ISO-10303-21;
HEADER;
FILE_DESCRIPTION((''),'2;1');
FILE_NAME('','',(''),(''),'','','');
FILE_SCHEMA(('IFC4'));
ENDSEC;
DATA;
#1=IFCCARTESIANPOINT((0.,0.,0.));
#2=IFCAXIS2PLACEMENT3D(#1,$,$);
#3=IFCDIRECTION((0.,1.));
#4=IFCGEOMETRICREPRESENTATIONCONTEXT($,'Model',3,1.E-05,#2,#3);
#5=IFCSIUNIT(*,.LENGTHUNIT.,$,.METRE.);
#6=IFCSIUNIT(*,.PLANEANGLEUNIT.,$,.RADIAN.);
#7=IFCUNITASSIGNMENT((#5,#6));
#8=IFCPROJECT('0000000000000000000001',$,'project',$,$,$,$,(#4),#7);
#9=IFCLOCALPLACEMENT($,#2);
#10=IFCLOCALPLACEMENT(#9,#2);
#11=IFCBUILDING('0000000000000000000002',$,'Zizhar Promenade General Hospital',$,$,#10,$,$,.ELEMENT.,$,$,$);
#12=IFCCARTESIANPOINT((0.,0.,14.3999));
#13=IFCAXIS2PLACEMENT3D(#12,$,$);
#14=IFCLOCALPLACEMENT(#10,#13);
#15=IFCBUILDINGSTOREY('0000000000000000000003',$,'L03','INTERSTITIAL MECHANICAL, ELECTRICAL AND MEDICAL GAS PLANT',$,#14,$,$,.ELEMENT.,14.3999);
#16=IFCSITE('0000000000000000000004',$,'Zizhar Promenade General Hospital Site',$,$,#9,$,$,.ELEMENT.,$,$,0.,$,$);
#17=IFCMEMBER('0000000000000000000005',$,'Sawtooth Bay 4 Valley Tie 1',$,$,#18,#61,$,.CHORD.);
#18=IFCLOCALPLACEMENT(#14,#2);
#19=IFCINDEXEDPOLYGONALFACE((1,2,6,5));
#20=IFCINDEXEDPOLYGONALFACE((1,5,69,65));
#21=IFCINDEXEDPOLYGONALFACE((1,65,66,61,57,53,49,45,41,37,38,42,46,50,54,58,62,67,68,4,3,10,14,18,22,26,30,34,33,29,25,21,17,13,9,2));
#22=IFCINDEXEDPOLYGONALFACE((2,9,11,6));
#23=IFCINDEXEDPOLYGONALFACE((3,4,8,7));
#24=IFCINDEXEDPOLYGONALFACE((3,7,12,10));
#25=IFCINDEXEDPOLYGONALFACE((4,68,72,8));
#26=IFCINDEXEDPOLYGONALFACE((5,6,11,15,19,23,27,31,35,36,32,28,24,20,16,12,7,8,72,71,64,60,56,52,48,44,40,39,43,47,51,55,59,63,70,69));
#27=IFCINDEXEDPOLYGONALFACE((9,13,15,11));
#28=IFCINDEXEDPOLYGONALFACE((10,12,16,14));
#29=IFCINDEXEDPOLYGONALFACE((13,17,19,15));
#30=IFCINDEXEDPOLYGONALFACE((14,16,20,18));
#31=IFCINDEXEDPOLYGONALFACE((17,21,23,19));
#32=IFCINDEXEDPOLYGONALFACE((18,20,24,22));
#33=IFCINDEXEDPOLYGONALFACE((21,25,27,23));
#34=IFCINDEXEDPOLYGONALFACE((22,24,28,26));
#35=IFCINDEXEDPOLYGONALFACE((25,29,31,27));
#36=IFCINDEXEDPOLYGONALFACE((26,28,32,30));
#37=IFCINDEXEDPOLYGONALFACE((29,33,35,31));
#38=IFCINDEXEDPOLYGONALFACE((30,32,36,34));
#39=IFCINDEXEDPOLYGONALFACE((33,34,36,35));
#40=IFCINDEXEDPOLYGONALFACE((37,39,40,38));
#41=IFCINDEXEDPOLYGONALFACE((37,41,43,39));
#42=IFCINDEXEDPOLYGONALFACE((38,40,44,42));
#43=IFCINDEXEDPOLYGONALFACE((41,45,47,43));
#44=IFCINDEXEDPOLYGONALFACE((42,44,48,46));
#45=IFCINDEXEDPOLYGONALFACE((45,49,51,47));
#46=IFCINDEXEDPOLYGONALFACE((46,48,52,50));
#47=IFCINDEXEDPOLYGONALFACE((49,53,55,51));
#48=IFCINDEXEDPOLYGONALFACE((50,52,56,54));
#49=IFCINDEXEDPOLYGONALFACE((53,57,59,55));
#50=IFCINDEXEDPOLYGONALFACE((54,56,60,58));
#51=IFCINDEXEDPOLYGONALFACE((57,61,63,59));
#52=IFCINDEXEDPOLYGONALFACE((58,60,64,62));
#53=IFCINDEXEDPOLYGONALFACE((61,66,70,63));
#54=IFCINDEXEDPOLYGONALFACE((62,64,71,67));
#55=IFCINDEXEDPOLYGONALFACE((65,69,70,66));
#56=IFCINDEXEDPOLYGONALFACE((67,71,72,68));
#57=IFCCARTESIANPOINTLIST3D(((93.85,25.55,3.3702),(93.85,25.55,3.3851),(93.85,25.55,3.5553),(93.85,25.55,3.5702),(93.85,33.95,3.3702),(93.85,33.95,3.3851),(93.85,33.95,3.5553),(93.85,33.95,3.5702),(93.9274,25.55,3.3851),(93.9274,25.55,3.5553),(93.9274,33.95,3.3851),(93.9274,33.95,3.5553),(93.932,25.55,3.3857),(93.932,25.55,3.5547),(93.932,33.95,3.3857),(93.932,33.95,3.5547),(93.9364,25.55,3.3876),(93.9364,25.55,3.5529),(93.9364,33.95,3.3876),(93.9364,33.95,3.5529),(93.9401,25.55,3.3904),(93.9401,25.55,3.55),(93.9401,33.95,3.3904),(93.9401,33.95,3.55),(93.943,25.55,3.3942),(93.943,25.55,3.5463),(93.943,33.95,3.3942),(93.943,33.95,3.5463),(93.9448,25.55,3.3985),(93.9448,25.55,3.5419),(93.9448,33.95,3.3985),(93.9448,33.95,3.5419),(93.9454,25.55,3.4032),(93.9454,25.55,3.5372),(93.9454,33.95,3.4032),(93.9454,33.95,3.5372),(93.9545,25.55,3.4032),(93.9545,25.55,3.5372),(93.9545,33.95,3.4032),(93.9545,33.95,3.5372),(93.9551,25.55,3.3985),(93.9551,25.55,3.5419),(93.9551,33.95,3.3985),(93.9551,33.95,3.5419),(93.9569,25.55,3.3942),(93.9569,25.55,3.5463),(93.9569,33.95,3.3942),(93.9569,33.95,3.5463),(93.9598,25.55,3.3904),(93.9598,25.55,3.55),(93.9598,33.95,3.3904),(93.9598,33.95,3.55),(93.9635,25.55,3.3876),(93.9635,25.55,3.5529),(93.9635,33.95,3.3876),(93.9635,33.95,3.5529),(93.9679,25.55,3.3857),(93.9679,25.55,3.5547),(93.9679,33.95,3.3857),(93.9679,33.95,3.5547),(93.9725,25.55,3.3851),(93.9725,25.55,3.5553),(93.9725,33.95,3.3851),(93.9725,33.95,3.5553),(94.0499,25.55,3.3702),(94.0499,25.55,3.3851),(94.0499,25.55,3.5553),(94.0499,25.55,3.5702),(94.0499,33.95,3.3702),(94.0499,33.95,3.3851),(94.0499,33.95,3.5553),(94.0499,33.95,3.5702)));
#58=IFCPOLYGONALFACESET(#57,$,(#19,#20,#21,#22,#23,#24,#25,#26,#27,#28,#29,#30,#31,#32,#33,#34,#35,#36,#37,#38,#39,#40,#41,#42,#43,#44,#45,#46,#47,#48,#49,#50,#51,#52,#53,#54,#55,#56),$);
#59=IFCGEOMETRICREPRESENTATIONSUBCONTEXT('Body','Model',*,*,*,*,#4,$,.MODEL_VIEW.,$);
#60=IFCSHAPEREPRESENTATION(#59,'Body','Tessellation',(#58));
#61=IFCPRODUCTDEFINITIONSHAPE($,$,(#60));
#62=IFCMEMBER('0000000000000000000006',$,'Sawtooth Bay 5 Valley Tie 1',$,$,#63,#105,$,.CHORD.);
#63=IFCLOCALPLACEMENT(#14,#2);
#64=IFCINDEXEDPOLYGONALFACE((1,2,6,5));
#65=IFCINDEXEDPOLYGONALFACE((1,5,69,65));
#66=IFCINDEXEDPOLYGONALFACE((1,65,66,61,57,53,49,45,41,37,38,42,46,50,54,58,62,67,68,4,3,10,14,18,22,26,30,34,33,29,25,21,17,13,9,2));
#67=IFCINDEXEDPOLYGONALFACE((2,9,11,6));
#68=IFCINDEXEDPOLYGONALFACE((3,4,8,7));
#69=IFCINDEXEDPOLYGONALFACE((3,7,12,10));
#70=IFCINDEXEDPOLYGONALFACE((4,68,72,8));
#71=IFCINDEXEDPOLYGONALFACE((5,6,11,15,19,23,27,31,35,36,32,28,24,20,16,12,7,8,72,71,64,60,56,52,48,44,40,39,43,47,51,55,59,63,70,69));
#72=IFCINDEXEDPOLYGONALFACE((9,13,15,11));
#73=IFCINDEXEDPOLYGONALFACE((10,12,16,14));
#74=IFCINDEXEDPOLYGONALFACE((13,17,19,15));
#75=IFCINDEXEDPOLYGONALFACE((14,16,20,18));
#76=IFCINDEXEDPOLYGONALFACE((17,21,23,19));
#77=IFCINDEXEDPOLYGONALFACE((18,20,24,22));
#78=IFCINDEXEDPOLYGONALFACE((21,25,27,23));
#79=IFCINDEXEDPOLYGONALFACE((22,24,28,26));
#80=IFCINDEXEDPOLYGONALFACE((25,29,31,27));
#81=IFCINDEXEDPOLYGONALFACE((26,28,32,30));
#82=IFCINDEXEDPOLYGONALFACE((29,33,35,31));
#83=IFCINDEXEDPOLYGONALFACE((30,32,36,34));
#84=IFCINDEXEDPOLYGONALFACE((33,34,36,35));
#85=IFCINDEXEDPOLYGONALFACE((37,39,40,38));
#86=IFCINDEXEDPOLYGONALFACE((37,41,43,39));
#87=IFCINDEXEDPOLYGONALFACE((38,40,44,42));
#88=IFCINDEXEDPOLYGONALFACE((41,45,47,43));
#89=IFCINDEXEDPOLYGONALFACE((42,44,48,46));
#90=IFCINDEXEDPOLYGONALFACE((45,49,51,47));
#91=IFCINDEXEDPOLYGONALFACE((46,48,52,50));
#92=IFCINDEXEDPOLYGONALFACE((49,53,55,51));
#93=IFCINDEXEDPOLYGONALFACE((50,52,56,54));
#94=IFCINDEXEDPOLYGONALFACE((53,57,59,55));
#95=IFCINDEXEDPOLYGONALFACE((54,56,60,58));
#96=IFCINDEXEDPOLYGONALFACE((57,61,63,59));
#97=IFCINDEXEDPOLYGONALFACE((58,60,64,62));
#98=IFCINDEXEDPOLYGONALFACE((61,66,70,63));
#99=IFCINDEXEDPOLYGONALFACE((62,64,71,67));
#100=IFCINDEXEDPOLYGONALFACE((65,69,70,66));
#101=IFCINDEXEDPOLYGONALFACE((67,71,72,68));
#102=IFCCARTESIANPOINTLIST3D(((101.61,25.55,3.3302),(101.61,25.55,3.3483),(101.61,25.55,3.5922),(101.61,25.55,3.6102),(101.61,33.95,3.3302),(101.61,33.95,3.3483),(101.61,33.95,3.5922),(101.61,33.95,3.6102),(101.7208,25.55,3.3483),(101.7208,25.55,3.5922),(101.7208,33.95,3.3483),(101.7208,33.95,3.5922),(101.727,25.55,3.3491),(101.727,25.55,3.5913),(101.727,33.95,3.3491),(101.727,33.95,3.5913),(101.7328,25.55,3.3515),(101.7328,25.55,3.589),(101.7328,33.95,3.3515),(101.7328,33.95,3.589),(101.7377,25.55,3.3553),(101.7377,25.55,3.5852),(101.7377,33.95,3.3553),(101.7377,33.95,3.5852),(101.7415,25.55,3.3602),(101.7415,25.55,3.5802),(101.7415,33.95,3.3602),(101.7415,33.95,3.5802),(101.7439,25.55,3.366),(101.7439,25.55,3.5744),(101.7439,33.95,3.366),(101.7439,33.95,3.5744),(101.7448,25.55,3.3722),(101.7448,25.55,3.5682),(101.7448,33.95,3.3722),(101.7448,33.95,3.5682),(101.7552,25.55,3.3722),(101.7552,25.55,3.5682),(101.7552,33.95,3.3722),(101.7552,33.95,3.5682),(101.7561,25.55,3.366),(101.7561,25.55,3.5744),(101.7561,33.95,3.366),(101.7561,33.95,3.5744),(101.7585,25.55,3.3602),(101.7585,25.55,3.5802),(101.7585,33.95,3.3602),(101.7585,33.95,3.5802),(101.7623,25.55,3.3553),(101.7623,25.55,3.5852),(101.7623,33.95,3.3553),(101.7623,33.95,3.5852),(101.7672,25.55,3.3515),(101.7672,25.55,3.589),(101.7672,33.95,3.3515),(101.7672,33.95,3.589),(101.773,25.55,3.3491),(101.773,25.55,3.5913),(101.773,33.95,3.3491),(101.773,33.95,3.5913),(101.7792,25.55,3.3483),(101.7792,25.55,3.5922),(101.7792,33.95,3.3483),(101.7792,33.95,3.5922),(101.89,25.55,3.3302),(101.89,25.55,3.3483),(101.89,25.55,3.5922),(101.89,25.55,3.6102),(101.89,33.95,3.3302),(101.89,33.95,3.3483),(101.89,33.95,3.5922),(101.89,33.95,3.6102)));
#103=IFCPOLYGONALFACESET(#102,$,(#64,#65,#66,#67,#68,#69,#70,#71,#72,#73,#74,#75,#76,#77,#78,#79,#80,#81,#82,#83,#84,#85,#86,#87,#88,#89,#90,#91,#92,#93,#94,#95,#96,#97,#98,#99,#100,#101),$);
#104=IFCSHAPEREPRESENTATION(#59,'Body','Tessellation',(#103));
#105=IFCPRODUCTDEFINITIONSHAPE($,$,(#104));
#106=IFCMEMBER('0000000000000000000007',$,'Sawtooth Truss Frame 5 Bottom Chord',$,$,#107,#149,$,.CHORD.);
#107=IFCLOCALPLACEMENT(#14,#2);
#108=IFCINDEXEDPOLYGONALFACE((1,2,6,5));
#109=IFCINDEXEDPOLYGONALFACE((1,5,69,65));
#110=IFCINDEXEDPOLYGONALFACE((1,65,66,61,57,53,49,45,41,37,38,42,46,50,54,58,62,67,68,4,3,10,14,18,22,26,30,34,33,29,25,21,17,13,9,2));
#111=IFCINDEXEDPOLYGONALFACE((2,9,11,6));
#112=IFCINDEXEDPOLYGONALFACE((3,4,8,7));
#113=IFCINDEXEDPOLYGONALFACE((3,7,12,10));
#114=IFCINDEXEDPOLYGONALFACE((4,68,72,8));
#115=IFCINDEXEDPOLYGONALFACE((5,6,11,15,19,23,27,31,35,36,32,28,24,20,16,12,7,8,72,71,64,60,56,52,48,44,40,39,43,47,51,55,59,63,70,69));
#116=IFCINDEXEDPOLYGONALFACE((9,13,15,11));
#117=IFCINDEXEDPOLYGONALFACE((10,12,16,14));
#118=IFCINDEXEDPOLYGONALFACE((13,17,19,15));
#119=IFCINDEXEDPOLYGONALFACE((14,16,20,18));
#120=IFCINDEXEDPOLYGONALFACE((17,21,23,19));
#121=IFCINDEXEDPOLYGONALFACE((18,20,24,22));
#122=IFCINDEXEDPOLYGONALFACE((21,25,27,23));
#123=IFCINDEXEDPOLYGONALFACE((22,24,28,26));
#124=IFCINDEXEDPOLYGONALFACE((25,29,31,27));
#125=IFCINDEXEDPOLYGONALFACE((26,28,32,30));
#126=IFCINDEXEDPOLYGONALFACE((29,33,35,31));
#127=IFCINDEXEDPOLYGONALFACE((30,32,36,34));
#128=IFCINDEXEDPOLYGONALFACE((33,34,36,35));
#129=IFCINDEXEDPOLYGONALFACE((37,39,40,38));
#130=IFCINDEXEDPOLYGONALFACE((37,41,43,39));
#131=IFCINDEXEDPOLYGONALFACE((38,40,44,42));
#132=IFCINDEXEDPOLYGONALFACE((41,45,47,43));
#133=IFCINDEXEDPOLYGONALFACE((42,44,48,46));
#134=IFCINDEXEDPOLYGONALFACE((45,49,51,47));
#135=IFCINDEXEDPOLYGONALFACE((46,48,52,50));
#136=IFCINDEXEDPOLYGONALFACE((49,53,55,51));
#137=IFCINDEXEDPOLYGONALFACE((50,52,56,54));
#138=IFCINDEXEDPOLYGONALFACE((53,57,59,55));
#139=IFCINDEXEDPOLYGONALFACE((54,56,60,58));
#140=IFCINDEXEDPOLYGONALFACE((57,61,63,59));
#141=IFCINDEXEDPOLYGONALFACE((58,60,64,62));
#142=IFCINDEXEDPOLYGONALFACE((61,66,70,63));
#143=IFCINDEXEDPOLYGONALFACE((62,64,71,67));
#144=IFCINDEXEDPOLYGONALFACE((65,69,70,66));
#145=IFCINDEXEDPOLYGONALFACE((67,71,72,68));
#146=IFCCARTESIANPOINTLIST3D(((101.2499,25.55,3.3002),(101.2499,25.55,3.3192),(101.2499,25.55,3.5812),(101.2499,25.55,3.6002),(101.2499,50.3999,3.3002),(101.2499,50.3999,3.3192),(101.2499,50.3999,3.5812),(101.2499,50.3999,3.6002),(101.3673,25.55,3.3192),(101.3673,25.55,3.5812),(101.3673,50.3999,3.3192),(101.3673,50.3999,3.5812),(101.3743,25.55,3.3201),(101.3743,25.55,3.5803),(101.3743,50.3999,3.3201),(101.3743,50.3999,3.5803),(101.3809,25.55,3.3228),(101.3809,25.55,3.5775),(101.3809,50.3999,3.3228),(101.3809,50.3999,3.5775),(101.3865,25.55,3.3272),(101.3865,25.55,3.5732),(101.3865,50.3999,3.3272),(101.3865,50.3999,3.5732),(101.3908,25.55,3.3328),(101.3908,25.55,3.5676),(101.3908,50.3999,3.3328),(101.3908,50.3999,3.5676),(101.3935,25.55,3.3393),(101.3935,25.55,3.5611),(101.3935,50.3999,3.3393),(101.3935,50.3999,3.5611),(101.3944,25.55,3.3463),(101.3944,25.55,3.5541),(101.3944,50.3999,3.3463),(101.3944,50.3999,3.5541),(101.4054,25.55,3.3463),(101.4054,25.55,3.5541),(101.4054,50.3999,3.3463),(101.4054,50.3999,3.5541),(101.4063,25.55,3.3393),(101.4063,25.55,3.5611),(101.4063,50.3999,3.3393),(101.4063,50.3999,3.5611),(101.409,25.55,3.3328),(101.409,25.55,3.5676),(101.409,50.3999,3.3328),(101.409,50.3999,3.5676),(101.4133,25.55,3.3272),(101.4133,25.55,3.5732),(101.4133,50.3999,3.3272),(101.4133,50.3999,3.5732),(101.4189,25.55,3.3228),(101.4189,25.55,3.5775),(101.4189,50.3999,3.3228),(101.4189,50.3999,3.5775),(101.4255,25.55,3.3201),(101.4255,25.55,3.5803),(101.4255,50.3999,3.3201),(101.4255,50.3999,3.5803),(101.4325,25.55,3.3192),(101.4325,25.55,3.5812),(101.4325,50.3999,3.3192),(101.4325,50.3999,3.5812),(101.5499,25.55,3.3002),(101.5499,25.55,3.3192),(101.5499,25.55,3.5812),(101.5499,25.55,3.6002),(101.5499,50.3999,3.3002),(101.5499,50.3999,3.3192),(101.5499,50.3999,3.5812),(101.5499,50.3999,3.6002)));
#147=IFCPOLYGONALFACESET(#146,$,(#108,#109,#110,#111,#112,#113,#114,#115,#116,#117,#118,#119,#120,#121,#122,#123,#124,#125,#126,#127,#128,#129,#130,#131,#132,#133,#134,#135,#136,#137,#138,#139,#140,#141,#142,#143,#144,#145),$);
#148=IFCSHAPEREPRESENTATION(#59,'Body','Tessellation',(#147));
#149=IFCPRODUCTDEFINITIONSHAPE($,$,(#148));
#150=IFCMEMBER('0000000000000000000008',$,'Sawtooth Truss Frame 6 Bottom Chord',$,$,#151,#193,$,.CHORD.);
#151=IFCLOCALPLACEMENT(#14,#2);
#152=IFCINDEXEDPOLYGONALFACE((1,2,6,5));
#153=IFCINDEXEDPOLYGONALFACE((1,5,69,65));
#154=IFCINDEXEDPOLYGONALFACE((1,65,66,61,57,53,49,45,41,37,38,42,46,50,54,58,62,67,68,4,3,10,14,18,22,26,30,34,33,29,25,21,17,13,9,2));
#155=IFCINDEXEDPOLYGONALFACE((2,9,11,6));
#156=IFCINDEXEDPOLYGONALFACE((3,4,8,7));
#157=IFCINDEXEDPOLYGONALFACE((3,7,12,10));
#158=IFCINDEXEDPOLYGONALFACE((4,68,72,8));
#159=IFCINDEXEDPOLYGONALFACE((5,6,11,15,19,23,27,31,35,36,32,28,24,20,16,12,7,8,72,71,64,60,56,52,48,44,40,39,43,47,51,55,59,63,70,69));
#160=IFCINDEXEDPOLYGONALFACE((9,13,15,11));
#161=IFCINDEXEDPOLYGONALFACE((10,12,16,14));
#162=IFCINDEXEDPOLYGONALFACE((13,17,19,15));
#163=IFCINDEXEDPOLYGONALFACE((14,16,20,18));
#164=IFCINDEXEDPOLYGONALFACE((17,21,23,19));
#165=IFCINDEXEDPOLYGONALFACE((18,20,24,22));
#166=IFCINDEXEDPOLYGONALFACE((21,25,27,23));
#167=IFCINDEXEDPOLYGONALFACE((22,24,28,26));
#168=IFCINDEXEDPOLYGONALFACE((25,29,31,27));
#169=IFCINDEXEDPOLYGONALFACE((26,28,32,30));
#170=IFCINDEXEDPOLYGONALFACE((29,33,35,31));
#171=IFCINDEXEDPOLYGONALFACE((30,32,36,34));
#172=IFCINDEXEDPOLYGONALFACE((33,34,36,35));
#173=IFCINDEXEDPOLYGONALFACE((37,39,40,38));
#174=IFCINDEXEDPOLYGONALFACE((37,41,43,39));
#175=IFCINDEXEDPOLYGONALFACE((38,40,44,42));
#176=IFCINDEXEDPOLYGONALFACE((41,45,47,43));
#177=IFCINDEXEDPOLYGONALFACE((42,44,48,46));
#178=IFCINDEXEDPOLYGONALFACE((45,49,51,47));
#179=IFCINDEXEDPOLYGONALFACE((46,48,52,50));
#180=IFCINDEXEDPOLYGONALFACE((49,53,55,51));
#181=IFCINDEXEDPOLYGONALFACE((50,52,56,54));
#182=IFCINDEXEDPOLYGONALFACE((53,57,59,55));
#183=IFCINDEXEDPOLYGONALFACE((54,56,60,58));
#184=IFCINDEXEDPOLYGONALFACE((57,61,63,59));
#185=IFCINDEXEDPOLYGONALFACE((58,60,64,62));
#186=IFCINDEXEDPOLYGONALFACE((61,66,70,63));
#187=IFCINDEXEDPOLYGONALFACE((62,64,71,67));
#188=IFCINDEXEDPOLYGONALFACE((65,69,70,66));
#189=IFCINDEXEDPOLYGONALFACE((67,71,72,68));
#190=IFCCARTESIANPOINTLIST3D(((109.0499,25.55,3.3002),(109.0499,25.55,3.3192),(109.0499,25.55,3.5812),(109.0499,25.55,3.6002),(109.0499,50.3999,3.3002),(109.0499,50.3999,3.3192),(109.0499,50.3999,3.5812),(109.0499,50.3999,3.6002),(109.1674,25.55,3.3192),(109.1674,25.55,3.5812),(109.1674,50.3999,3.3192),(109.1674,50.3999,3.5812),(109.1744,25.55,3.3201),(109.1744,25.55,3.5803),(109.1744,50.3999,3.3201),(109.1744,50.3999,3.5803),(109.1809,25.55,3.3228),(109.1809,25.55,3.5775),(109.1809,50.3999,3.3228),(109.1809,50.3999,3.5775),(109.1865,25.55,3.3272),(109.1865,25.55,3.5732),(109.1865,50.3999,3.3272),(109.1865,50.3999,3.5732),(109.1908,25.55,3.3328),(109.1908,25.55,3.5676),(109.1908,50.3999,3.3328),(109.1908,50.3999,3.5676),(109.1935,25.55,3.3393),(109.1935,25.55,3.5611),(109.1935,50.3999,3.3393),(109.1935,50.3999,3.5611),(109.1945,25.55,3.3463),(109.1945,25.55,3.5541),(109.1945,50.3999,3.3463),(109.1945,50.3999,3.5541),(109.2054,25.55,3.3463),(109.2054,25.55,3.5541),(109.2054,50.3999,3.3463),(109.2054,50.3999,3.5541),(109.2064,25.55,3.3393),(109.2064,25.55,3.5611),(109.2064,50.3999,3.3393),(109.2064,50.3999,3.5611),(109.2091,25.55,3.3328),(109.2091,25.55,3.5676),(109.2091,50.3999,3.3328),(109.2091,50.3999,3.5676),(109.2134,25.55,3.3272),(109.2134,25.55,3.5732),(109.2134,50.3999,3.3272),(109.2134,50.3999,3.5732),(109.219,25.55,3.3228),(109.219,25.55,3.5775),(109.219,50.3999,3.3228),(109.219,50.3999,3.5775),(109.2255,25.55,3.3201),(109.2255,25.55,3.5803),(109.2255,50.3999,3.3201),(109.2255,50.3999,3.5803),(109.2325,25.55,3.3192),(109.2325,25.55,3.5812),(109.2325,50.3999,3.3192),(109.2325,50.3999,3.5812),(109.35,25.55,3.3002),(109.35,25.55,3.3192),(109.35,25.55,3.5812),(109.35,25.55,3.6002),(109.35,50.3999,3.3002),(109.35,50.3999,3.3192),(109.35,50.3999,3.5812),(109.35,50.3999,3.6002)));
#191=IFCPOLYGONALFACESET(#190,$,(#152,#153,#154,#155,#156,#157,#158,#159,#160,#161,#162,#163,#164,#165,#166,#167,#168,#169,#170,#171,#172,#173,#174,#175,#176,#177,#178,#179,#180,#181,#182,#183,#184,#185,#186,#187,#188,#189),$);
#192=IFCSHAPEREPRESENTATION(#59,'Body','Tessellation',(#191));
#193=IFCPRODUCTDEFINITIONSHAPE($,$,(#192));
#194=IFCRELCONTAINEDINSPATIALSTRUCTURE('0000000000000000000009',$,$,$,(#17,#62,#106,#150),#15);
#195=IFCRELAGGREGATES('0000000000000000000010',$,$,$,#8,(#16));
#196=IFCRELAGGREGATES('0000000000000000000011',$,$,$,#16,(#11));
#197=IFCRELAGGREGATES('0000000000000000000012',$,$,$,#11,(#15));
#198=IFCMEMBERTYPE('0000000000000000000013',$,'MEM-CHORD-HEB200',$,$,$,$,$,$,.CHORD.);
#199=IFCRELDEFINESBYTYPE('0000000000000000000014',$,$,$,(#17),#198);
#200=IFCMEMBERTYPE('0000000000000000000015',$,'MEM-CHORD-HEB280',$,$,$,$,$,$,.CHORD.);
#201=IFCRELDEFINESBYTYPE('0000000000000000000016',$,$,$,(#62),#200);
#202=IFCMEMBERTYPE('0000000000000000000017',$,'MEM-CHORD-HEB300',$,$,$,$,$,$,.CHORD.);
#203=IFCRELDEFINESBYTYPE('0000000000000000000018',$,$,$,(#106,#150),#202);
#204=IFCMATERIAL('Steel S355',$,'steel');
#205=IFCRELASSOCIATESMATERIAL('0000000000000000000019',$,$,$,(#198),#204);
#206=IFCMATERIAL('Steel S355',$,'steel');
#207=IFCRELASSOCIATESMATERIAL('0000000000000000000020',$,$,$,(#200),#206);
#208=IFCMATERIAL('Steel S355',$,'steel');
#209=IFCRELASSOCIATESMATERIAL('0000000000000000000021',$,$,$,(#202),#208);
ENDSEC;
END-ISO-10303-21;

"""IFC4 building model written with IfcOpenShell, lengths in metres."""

from ifc_helpers import new_model, si_unit, direction, frame, origin, origin_2d, place, context, subcontext, project, spatial, i_section, extrude, material, material_profile, profile_set, type_object, element, save


model = new_model("IFC4")

# Units and contexts
model_context = context("Model", 3, precision=1e-05, world=origin(), true_north=direction((0.0, 1.0)))
body_context = subcontext(model_context, "Body", "Model", "MODEL_VIEW")
ifc_project = project(units=[si_unit("LENGTHUNIT", "METRE"), si_unit("PLANEANGLEUNIT", "RADIAN")], contexts=[model_context])

# Site, building, storey
site_placement = place(None, origin())
site = spatial("IfcSite", under=ifc_project, at=site_placement, Name="Zizhar Promenade General Hospital Site", CompositionType="ELEMENT", RefElevation=0.0)
building_placement = place(site_placement, origin())
building = spatial("IfcBuilding", under=site, at=building_placement, Name="Zizhar Promenade General Hospital", CompositionType="ELEMENT")
storey_placement = place(building_placement, frame((0.0, 0.0, 14.3999)))
storey = spatial("IfcBuildingStorey", under=building, at=storey_placement, Name="L03", Description="INTERSTITIAL MECHANICAL, ELECTRICAL AND MEDICAL GAS PLANT", CompositionType="ELEMENT", Elevation=14.3999)

# Members
ifc_material_1 = material(Name="Steel S355", Category="steel")
ifc_material_profile_1 = material_profile(ifc_material_1, i_section(OverallWidth=0.2, OverallDepth=0.2, WebThickness=0.009, FlangeThickness=0.0149, FilletRadius=0.0181, at=origin_2d()))
ifc_profile_set_1 = profile_set([ifc_material_profile_1], Name="Steel S355")
member_type_1 = type_object("IfcMemberType", Name="MEM-CHORD-HEB200", PredefinedType="CHORD", material=ifc_profile_set_1)
member_1_placement = place(storey_placement, frame((93.95, 25.55, 3.4702), z_axis=(0.0, 1.0, 0.0), x_axis=(-1.0, 0.0, 0.0)))
element("IfcMember", 1, at=member_1_placement, inside=storey, type_object=member_type_1, Name="Sawtooth Bay 4 Valley Tie 1", PredefinedType="CHORD", context=body_context, shape_type="SweptSolid", body=[
    extrude(i_section(OverallWidth=0.2, OverallDepth=0.2, WebThickness=0.009, FlangeThickness=0.0149, FilletRadius=0.0181, at=origin_2d()), origin(), (0.0, 0.0, 1.0), 8.3999),
])
ifc_material_2 = material(Name="Steel S355", Category="steel")
ifc_material_profile_2 = material_profile(ifc_material_2, i_section(OverallWidth=0.28, OverallDepth=0.28, WebThickness=0.0105, FlangeThickness=0.0181, FilletRadius=0.0239, at=origin_2d()))
ifc_profile_set_2 = profile_set([ifc_material_profile_2], Name="Steel S355")
member_type_2 = type_object("IfcMemberType", Name="MEM-CHORD-HEB280", PredefinedType="CHORD", material=ifc_profile_set_2)
member_2_placement = place(storey_placement, frame((101.75, 25.55, 3.4702), z_axis=(0.0, 1.0, 0.0), x_axis=(-1.0, 0.0, 0.0)))
element("IfcMember", 2, at=member_2_placement, inside=storey, type_object=member_type_2, Name="Sawtooth Bay 5 Valley Tie 1", PredefinedType="CHORD", context=body_context, shape_type="SweptSolid", body=[
    extrude(i_section(OverallWidth=0.28, OverallDepth=0.28, WebThickness=0.0105, FlangeThickness=0.0181, FilletRadius=0.0239, at=origin_2d()), origin(), (0.0, 0.0, 1.0), 8.3999),
])
ifc_material_3 = material(Name="Steel S355", Category="steel")
ifc_material_profile_3 = material_profile(ifc_material_3, i_section(OverallWidth=0.3, OverallDepth=0.3, WebThickness=0.011, FlangeThickness=0.019, FilletRadius=0.0271, at=origin_2d()))
ifc_profile_set_3 = profile_set([ifc_material_profile_3], Name="Steel S355")
member_type_3 = type_object("IfcMemberType", Name="MEM-CHORD-HEB300", PredefinedType="CHORD", material=ifc_profile_set_3)
for number, where, z_axis, x_axis, name in (
    (3, (101.3999, 25.55, 3.4502), (0.0, 1.0, 0.0), (-1.0, 0.0, 0.0), "Sawtooth Truss Frame 5 Bottom Chord"),
    (4, (109.2, 25.55, 3.4502), (0.0, 1.0, 0.0), (-1.0, 0.0, 0.0), "Sawtooth Truss Frame 6 Bottom Chord"),
):
    element("IfcMember", number, at=place(storey_placement, frame(where, z_axis=z_axis, x_axis=x_axis)), inside=storey, type_object=member_type_3, Name=name, PredefinedType="CHORD", context=body_context, shape_type="SweptSolid", body=[
        extrude(i_section(OverallWidth=0.3, OverallDepth=0.3, WebThickness=0.011, FlangeThickness=0.019, FilletRadius=0.0271, at=origin_2d()), origin(), (0.0, 0.0, 1.0), 24.8499),
    ])

save(model, "model.ifc")
